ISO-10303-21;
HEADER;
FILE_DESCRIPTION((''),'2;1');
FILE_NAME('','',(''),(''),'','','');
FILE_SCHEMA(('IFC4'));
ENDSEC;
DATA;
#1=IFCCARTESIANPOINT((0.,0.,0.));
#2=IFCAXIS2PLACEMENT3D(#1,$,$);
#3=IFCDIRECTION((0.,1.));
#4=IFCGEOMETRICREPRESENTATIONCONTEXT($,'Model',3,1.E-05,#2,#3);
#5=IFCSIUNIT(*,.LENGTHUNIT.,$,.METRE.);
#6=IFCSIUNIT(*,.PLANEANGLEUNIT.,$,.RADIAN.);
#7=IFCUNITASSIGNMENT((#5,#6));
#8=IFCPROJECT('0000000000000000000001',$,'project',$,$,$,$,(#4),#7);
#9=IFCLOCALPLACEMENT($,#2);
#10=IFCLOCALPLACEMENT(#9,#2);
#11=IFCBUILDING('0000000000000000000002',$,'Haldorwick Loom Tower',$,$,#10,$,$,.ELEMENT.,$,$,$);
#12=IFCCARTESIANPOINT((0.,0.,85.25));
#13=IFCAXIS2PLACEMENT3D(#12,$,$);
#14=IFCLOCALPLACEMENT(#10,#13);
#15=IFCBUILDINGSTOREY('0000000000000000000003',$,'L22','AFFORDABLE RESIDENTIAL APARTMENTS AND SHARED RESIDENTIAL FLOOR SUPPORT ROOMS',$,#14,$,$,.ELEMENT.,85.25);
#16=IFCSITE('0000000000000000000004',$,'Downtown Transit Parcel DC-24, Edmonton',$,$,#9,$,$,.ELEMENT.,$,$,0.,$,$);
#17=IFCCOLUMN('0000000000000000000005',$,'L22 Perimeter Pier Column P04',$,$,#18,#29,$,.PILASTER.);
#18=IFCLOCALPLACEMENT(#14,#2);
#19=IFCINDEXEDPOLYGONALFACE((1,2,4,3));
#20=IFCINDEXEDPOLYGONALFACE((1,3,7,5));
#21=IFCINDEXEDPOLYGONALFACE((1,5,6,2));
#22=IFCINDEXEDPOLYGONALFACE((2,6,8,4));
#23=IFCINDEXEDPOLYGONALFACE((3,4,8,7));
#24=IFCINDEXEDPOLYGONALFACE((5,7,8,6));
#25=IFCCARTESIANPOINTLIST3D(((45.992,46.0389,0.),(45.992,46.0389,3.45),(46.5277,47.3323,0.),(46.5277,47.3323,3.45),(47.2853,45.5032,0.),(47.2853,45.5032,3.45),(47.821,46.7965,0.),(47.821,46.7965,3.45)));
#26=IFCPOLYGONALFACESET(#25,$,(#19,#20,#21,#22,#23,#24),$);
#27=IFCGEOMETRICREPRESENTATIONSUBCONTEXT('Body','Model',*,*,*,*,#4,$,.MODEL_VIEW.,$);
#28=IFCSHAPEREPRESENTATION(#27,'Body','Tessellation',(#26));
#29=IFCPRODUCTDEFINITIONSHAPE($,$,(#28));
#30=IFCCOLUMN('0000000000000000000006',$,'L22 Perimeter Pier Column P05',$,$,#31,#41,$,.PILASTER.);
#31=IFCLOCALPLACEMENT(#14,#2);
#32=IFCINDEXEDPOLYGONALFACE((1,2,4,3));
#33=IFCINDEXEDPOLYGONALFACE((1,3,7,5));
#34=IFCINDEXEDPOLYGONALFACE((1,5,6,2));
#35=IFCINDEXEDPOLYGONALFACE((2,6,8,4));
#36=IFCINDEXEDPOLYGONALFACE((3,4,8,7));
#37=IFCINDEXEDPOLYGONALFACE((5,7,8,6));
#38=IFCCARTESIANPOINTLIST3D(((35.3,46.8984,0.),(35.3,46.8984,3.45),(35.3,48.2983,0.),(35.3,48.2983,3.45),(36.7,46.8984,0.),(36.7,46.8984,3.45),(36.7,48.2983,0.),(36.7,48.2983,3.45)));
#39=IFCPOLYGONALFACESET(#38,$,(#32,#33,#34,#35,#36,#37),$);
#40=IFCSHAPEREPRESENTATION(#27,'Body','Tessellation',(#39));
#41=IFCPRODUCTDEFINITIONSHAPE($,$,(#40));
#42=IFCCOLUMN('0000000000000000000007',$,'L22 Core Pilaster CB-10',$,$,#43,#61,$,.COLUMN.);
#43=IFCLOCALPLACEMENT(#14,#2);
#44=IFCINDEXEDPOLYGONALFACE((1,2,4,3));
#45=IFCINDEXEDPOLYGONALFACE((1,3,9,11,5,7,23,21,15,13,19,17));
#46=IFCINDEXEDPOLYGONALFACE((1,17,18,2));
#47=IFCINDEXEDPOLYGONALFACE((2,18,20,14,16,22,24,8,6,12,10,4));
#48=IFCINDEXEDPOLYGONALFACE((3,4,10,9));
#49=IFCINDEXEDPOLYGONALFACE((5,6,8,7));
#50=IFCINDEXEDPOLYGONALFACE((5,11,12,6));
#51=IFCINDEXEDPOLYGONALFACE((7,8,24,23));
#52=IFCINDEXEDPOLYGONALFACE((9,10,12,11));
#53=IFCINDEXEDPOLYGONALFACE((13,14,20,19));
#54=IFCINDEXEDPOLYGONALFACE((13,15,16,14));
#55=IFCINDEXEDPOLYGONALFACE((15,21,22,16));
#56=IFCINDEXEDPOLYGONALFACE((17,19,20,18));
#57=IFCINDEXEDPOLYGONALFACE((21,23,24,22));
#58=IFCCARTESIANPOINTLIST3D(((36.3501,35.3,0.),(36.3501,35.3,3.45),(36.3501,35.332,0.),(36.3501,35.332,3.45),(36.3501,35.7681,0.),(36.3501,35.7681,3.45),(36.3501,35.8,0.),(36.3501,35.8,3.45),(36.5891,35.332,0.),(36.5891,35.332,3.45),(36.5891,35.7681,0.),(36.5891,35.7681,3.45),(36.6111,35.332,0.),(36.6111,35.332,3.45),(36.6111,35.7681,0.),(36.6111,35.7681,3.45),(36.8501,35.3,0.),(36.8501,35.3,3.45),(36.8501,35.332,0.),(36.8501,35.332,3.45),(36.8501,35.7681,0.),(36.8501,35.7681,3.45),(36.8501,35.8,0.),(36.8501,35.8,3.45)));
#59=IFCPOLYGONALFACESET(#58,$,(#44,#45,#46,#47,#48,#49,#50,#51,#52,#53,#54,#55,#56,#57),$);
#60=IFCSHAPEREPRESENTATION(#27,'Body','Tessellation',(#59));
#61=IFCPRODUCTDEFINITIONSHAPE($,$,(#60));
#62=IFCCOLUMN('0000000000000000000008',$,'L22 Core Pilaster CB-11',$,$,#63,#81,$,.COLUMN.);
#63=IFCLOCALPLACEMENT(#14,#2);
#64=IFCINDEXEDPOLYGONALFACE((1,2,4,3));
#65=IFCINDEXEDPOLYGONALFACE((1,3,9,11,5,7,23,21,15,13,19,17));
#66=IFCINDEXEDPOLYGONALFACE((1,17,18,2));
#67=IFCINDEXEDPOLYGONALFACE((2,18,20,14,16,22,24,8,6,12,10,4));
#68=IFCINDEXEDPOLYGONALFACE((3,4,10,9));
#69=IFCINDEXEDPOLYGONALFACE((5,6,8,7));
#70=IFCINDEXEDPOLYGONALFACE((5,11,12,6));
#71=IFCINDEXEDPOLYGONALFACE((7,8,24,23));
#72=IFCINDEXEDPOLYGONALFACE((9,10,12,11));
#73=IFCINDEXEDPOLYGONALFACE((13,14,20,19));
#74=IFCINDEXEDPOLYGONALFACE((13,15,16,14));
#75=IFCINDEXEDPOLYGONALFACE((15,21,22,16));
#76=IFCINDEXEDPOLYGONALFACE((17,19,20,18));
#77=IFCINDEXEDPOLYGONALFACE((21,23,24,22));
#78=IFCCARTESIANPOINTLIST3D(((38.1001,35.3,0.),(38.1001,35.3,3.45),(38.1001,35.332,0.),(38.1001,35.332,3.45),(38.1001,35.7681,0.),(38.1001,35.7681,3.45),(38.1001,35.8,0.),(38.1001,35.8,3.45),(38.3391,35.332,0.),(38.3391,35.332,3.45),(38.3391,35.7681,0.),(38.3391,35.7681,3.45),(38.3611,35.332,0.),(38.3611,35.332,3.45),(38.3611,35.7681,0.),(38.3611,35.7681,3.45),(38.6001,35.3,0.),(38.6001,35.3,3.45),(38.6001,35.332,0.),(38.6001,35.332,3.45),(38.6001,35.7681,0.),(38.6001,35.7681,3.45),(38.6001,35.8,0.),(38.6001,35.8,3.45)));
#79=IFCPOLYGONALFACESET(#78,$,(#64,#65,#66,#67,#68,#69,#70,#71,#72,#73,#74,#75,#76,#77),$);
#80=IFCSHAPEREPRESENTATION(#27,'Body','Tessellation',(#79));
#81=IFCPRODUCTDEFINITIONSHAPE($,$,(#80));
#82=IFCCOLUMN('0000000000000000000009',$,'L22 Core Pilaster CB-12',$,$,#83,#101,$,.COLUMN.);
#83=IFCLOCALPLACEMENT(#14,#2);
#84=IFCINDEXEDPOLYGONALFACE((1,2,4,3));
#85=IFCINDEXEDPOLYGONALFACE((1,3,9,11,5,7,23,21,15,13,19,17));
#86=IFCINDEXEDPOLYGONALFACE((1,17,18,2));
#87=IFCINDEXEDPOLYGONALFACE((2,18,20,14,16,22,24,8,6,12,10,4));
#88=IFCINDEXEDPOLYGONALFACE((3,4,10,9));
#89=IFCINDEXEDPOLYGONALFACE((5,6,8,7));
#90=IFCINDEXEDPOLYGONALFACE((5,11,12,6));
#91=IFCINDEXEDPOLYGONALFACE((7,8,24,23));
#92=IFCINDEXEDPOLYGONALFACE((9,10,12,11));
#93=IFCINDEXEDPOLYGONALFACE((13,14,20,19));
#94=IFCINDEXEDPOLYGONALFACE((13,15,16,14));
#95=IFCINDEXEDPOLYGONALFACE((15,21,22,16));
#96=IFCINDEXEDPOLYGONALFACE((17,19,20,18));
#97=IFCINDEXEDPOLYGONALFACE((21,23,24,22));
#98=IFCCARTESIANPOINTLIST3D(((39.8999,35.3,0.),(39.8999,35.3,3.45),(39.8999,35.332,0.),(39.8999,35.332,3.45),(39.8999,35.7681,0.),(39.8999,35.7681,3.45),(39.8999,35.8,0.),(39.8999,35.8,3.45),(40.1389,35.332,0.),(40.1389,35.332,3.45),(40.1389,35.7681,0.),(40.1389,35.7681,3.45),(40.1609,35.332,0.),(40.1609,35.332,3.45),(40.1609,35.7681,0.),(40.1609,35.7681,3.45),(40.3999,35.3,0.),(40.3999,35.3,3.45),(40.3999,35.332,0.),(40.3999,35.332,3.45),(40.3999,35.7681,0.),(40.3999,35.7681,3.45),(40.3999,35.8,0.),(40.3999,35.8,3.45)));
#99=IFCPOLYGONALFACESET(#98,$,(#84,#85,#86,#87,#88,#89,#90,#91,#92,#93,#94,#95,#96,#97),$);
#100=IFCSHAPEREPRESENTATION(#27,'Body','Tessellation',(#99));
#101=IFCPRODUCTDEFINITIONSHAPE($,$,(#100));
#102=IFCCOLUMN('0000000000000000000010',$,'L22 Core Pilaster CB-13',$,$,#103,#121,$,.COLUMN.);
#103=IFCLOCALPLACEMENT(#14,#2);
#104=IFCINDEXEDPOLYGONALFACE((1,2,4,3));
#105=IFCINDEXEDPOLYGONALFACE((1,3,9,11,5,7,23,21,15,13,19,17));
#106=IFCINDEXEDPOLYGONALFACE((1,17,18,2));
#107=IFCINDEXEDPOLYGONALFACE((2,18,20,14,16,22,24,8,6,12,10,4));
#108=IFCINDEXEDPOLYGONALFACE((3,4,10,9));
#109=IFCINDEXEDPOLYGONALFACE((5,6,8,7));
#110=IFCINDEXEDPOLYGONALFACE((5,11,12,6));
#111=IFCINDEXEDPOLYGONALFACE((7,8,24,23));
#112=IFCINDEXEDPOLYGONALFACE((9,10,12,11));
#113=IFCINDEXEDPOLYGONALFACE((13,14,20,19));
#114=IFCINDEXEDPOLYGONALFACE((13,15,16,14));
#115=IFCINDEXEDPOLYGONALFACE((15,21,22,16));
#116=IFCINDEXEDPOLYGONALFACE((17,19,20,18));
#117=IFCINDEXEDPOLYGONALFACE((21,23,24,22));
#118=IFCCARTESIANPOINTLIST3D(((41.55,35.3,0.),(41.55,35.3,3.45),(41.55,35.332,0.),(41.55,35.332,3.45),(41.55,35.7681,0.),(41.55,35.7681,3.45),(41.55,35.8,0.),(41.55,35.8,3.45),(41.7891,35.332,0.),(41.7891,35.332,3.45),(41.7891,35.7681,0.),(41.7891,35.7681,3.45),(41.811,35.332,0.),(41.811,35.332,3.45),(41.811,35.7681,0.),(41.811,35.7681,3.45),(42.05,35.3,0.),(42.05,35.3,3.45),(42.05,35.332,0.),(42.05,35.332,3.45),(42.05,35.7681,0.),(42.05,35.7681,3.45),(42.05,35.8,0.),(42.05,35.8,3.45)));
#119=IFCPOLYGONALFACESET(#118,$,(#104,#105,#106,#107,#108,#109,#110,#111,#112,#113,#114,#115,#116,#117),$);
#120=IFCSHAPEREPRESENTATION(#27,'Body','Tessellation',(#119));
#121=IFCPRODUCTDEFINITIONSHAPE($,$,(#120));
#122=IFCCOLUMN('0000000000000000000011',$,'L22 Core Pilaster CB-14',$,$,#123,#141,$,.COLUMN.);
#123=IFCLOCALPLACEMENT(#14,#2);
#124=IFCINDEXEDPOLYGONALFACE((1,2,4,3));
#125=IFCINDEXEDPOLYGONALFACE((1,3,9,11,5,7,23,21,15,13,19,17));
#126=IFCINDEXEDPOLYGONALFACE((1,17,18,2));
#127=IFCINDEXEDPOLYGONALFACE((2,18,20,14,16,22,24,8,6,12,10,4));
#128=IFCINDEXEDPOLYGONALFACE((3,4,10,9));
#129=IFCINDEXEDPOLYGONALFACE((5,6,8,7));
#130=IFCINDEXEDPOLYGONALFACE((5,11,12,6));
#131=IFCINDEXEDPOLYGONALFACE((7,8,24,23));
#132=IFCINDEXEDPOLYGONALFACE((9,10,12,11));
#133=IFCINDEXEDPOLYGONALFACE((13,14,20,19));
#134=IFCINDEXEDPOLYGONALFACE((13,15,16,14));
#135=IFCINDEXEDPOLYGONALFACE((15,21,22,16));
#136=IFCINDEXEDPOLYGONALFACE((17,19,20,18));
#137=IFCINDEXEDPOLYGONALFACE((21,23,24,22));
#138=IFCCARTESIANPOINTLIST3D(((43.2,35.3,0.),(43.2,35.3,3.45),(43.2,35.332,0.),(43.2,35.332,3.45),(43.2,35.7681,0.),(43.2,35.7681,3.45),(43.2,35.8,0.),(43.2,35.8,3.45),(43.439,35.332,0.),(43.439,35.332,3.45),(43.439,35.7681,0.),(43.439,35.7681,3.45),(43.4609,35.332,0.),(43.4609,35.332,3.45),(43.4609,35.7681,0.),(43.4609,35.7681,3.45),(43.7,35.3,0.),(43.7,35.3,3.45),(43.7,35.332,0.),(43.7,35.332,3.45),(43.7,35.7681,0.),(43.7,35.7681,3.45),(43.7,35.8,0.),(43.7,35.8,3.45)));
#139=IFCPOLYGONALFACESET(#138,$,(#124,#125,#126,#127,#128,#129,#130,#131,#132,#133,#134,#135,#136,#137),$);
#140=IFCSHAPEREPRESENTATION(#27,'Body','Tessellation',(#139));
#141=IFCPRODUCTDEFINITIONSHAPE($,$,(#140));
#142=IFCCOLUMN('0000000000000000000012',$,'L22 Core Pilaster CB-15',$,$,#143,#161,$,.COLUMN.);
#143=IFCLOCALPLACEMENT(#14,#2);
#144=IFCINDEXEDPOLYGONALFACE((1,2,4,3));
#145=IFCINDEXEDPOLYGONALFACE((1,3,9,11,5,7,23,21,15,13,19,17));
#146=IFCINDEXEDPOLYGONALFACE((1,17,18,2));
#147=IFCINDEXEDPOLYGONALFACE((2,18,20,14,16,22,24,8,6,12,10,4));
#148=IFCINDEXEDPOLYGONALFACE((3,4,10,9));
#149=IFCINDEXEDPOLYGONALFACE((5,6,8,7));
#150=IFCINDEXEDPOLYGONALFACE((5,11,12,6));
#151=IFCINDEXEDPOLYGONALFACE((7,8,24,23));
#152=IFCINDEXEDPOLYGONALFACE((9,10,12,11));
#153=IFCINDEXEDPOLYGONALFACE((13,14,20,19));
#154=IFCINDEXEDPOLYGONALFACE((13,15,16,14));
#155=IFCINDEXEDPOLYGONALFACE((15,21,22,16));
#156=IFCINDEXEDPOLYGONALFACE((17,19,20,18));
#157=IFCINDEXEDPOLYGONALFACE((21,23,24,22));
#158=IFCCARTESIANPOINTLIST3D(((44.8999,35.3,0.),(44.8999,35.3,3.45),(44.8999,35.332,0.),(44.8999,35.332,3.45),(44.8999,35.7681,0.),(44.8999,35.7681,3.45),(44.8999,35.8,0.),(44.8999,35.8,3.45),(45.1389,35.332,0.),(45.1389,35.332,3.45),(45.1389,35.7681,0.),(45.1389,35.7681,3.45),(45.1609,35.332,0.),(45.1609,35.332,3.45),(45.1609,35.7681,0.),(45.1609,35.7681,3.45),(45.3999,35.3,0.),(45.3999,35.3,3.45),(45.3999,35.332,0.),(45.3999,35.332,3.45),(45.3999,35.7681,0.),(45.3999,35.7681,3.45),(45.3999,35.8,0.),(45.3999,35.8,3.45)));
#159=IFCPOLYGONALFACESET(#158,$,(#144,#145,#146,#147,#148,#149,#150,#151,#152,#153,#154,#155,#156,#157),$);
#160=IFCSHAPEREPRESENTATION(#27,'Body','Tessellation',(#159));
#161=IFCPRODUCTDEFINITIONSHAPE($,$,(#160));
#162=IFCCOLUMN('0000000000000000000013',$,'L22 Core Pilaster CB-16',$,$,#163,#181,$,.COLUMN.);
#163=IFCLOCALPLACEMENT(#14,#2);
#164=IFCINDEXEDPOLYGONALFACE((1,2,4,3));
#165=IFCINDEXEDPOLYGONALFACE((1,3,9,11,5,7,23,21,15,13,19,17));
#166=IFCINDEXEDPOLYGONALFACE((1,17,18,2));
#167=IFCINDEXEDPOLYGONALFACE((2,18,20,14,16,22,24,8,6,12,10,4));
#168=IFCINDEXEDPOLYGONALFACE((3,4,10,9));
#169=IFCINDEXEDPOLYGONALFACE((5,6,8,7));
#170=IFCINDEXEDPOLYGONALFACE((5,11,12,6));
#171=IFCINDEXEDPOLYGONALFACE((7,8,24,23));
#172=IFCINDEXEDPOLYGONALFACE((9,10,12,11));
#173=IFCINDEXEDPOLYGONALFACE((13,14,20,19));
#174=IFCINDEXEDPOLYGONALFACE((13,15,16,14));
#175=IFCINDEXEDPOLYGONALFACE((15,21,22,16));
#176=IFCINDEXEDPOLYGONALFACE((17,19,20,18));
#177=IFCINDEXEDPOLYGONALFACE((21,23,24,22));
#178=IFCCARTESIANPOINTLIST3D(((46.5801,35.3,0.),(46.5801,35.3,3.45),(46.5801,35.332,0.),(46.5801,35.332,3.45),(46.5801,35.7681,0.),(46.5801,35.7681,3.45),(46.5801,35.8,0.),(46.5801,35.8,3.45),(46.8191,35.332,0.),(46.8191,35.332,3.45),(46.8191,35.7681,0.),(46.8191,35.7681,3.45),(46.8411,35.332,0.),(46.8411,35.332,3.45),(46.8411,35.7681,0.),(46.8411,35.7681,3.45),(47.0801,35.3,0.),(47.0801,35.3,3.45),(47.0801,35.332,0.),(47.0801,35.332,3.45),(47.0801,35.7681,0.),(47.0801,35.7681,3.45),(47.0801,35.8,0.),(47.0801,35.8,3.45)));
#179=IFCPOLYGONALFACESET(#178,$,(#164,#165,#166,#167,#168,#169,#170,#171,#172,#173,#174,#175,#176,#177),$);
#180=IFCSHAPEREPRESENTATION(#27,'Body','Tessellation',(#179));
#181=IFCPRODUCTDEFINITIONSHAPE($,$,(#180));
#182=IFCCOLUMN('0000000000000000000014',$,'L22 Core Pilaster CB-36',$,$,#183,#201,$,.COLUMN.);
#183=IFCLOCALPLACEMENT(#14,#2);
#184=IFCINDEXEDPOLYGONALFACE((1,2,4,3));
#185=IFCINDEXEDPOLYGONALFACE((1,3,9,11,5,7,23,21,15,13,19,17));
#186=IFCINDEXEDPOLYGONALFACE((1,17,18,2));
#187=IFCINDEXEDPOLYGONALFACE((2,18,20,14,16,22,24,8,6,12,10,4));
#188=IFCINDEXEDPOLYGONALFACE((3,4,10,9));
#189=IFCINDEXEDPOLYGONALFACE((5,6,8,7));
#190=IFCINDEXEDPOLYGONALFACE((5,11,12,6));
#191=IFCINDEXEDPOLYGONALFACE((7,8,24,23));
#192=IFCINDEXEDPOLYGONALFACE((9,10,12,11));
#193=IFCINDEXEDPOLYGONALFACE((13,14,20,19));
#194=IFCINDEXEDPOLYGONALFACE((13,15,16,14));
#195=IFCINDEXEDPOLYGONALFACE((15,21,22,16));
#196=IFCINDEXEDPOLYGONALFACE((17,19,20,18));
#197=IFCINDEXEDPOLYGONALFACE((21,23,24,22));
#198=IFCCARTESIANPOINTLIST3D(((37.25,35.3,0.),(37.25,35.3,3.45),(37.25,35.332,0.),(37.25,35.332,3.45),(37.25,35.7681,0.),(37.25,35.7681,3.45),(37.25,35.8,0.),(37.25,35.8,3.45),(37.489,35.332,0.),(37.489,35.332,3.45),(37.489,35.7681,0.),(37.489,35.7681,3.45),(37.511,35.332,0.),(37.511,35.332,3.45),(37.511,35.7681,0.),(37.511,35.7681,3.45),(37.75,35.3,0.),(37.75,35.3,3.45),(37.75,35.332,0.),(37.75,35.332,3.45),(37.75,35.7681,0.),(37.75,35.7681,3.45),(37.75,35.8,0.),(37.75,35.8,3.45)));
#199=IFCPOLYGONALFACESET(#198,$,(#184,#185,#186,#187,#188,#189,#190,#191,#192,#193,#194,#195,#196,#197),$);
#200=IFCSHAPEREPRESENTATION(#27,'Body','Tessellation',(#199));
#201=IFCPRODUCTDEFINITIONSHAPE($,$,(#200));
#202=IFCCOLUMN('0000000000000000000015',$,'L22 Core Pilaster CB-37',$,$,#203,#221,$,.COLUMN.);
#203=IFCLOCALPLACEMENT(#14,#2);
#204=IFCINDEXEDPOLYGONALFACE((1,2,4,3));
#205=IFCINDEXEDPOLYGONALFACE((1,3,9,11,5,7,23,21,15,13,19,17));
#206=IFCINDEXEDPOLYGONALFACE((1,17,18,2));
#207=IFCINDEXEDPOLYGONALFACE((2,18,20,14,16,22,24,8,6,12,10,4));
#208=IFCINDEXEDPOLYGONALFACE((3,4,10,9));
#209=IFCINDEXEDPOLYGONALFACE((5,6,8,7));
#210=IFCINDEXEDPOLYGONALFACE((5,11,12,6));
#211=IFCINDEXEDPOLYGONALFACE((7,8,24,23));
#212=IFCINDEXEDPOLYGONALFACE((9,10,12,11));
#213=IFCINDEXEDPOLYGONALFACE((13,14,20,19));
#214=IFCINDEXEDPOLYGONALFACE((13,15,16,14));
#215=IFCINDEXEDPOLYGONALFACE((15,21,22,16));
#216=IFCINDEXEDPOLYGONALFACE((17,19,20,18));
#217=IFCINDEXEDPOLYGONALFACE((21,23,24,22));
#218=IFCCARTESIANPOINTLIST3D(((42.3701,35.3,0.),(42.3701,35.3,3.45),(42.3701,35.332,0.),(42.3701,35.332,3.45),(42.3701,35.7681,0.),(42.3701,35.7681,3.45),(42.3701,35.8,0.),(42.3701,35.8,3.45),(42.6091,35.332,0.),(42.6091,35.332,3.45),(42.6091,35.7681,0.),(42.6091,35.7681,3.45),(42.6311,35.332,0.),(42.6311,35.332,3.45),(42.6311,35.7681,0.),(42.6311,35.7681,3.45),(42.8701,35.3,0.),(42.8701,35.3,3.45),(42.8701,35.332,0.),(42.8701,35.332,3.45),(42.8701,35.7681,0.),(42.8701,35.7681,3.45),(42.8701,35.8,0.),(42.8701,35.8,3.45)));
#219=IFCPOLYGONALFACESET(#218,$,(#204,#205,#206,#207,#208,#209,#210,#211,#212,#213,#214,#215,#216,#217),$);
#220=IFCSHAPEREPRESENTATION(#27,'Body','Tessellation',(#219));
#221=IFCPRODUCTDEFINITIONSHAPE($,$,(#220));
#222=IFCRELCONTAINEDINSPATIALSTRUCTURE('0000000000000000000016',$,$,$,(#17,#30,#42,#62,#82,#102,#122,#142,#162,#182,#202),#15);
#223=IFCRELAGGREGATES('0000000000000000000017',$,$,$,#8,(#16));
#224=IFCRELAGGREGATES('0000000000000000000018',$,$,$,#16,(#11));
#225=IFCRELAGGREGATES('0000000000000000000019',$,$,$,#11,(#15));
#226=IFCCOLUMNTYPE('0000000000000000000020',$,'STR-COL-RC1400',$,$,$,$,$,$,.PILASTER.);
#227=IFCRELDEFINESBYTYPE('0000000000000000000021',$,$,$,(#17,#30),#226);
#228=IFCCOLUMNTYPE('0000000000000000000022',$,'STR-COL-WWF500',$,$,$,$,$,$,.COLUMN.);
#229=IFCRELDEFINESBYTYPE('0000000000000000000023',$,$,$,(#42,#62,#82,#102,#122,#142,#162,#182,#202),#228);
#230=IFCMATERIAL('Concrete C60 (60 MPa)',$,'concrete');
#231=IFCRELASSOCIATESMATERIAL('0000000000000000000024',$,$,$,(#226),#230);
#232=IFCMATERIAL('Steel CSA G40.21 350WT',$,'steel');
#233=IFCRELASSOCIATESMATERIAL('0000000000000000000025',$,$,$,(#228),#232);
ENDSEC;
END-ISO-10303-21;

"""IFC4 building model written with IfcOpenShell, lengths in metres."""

from ifc_helpers import new_model, si_unit, direction, frame, origin, origin_2d, place, context, subcontext, project, spatial, rectangle, i_section, extrude, material, material_profile, profile_set, type_object, element, save


model = new_model("IFC4")

# Units and contexts
model_context = context("Model", 3, precision=1e-05, world=origin(), true_north=direction((0.0, 1.0)))
body_context = subcontext(model_context, "Body", "Model", "MODEL_VIEW")
ifc_project = project(units=[si_unit("LENGTHUNIT", "METRE"), si_unit("PLANEANGLEUNIT", "RADIAN")], contexts=[model_context])

# Site, building, storey
site_placement = place(None, origin())
site = spatial("IfcSite", under=ifc_project, at=site_placement, Name="Downtown Transit Parcel DC-24, Edmonton", CompositionType="ELEMENT", RefElevation=0.0)
building_placement = place(site_placement, origin())
building = spatial("IfcBuilding", under=site, at=building_placement, Name="Haldorwick Loom Tower", CompositionType="ELEMENT")
storey_placement = place(building_placement, frame((0.0, 0.0, 85.25)))
storey = spatial("IfcBuildingStorey", under=building, at=storey_placement, Name="L22", Description="AFFORDABLE RESIDENTIAL APARTMENTS AND SHARED RESIDENTIAL FLOOR SUPPORT ROOMS", CompositionType="ELEMENT", Elevation=85.25)

# Columns
ifc_material_1 = material(Name="Concrete C60 (60 MPa)", Category="concrete")
ifc_material_profile_1 = material_profile(ifc_material_1, rectangle(XDim=1.3999, YDim=1.3999, at=origin_2d()), Name="RC1400X1400", Category="concrete")
ifc_profile_set_1 = profile_set([ifc_material_profile_1], Name="Concrete C60 (60 MPa)")
column_type_1 = type_object("IfcColumnType", Name="STR-COL-RC1400", PredefinedType="PILASTER", material=ifc_profile_set_1)
for number, where, z_axis, x_axis, name in (
    (1, (46.9065, 46.4177, 0.0), (0.0, 0.0, 1.0), (0.382683, 0.92388, 0.0), "L22 Perimeter Pier Column P04"),
    (2, (36.0, 47.5984, 0.0), (0.0, 0.0, 1.0), (0.0, 1.0, 0.0), "L22 Perimeter Pier Column P05"),
):
    element("IfcColumn", number, at=place(storey_placement, frame(where, z_axis=z_axis, x_axis=x_axis)), inside=storey, type_object=column_type_1, Name=name, PredefinedType="PILASTER", context=body_context, shape_type="SweptSolid", body=[
        extrude(rectangle(XDim=1.3999, YDim=1.3999, at=origin_2d()), origin(), (0.0, 0.0, 1.0), 3.45),
    ])
ifc_material_2 = material(Name="Steel CSA G40.21 350WT", Category="steel")
ifc_material_profile_2 = material_profile(ifc_material_2, i_section(OverallWidth=0.5, OverallDepth=0.5, WebThickness=0.022, FlangeThickness=0.032, at=origin_2d()), Name="WWF500X500", Category="steel")
ifc_profile_set_2 = profile_set([ifc_material_profile_2], Name="Steel CSA G40.21 350WT")
column_type_2 = type_object("IfcColumnType", Name="STR-COL-WWF500", PredefinedType="COLUMN", material=ifc_profile_set_2)
for number, where, z_axis, x_axis, name in (
    (3, (36.6001, 35.55, 0.0), (0.0, 0.0, 1.0), (1.0, 0.0, 0.0), "L22 Core Pilaster CB-10"),
    (4, (38.3501, 35.55, 0.0), (0.0, 0.0, 1.0), (1.0, 0.0, 0.0), "L22 Core Pilaster CB-11"),
    (5, (40.1499, 35.55, 0.0), (0.0, 0.0, 1.0), (1.0, 0.0, 0.0), "L22 Core Pilaster CB-12"),
    (6, (41.8, 35.55, 0.0), (0.0, 0.0, 1.0), (1.0, 0.0, 0.0), "L22 Core Pilaster CB-13"),
    (7, (43.45, 35.55, 0.0), (0.0, 0.0, 1.0), (1.0, 0.0, 0.0), "L22 Core Pilaster CB-14"),
    (8, (45.1499, 35.55, 0.0), (0.0, 0.0, 1.0), (1.0, 0.0, 0.0), "L22 Core Pilaster CB-15"),
    (9, (46.8301, 35.55, 0.0), (0.0, 0.0, 1.0), (1.0, 0.0, 0.0), "L22 Core Pilaster CB-16"),
    (10, (37.5, 35.55, 0.0), (0.0, 0.0, 1.0), (1.0, 0.0, 0.0), "L22 Core Pilaster CB-36"),
    (11, (42.6201, 35.55, 0.0), (0.0, 0.0, 1.0), (1.0, 0.0, 0.0), "L22 Core Pilaster CB-37"),
):
    element("IfcColumn", number, at=place(storey_placement, frame(where, z_axis=z_axis, x_axis=x_axis)), inside=storey, type_object=column_type_2, Name=name, PredefinedType="COLUMN", context=body_context, shape_type="SweptSolid", body=[
        extrude(i_section(OverallWidth=0.5, OverallDepth=0.5, WebThickness=0.022, FlangeThickness=0.032, at=origin_2d()), origin(), (0.0, 0.0, 1.0), 3.45),
    ])

save(model, "model.ifc")
